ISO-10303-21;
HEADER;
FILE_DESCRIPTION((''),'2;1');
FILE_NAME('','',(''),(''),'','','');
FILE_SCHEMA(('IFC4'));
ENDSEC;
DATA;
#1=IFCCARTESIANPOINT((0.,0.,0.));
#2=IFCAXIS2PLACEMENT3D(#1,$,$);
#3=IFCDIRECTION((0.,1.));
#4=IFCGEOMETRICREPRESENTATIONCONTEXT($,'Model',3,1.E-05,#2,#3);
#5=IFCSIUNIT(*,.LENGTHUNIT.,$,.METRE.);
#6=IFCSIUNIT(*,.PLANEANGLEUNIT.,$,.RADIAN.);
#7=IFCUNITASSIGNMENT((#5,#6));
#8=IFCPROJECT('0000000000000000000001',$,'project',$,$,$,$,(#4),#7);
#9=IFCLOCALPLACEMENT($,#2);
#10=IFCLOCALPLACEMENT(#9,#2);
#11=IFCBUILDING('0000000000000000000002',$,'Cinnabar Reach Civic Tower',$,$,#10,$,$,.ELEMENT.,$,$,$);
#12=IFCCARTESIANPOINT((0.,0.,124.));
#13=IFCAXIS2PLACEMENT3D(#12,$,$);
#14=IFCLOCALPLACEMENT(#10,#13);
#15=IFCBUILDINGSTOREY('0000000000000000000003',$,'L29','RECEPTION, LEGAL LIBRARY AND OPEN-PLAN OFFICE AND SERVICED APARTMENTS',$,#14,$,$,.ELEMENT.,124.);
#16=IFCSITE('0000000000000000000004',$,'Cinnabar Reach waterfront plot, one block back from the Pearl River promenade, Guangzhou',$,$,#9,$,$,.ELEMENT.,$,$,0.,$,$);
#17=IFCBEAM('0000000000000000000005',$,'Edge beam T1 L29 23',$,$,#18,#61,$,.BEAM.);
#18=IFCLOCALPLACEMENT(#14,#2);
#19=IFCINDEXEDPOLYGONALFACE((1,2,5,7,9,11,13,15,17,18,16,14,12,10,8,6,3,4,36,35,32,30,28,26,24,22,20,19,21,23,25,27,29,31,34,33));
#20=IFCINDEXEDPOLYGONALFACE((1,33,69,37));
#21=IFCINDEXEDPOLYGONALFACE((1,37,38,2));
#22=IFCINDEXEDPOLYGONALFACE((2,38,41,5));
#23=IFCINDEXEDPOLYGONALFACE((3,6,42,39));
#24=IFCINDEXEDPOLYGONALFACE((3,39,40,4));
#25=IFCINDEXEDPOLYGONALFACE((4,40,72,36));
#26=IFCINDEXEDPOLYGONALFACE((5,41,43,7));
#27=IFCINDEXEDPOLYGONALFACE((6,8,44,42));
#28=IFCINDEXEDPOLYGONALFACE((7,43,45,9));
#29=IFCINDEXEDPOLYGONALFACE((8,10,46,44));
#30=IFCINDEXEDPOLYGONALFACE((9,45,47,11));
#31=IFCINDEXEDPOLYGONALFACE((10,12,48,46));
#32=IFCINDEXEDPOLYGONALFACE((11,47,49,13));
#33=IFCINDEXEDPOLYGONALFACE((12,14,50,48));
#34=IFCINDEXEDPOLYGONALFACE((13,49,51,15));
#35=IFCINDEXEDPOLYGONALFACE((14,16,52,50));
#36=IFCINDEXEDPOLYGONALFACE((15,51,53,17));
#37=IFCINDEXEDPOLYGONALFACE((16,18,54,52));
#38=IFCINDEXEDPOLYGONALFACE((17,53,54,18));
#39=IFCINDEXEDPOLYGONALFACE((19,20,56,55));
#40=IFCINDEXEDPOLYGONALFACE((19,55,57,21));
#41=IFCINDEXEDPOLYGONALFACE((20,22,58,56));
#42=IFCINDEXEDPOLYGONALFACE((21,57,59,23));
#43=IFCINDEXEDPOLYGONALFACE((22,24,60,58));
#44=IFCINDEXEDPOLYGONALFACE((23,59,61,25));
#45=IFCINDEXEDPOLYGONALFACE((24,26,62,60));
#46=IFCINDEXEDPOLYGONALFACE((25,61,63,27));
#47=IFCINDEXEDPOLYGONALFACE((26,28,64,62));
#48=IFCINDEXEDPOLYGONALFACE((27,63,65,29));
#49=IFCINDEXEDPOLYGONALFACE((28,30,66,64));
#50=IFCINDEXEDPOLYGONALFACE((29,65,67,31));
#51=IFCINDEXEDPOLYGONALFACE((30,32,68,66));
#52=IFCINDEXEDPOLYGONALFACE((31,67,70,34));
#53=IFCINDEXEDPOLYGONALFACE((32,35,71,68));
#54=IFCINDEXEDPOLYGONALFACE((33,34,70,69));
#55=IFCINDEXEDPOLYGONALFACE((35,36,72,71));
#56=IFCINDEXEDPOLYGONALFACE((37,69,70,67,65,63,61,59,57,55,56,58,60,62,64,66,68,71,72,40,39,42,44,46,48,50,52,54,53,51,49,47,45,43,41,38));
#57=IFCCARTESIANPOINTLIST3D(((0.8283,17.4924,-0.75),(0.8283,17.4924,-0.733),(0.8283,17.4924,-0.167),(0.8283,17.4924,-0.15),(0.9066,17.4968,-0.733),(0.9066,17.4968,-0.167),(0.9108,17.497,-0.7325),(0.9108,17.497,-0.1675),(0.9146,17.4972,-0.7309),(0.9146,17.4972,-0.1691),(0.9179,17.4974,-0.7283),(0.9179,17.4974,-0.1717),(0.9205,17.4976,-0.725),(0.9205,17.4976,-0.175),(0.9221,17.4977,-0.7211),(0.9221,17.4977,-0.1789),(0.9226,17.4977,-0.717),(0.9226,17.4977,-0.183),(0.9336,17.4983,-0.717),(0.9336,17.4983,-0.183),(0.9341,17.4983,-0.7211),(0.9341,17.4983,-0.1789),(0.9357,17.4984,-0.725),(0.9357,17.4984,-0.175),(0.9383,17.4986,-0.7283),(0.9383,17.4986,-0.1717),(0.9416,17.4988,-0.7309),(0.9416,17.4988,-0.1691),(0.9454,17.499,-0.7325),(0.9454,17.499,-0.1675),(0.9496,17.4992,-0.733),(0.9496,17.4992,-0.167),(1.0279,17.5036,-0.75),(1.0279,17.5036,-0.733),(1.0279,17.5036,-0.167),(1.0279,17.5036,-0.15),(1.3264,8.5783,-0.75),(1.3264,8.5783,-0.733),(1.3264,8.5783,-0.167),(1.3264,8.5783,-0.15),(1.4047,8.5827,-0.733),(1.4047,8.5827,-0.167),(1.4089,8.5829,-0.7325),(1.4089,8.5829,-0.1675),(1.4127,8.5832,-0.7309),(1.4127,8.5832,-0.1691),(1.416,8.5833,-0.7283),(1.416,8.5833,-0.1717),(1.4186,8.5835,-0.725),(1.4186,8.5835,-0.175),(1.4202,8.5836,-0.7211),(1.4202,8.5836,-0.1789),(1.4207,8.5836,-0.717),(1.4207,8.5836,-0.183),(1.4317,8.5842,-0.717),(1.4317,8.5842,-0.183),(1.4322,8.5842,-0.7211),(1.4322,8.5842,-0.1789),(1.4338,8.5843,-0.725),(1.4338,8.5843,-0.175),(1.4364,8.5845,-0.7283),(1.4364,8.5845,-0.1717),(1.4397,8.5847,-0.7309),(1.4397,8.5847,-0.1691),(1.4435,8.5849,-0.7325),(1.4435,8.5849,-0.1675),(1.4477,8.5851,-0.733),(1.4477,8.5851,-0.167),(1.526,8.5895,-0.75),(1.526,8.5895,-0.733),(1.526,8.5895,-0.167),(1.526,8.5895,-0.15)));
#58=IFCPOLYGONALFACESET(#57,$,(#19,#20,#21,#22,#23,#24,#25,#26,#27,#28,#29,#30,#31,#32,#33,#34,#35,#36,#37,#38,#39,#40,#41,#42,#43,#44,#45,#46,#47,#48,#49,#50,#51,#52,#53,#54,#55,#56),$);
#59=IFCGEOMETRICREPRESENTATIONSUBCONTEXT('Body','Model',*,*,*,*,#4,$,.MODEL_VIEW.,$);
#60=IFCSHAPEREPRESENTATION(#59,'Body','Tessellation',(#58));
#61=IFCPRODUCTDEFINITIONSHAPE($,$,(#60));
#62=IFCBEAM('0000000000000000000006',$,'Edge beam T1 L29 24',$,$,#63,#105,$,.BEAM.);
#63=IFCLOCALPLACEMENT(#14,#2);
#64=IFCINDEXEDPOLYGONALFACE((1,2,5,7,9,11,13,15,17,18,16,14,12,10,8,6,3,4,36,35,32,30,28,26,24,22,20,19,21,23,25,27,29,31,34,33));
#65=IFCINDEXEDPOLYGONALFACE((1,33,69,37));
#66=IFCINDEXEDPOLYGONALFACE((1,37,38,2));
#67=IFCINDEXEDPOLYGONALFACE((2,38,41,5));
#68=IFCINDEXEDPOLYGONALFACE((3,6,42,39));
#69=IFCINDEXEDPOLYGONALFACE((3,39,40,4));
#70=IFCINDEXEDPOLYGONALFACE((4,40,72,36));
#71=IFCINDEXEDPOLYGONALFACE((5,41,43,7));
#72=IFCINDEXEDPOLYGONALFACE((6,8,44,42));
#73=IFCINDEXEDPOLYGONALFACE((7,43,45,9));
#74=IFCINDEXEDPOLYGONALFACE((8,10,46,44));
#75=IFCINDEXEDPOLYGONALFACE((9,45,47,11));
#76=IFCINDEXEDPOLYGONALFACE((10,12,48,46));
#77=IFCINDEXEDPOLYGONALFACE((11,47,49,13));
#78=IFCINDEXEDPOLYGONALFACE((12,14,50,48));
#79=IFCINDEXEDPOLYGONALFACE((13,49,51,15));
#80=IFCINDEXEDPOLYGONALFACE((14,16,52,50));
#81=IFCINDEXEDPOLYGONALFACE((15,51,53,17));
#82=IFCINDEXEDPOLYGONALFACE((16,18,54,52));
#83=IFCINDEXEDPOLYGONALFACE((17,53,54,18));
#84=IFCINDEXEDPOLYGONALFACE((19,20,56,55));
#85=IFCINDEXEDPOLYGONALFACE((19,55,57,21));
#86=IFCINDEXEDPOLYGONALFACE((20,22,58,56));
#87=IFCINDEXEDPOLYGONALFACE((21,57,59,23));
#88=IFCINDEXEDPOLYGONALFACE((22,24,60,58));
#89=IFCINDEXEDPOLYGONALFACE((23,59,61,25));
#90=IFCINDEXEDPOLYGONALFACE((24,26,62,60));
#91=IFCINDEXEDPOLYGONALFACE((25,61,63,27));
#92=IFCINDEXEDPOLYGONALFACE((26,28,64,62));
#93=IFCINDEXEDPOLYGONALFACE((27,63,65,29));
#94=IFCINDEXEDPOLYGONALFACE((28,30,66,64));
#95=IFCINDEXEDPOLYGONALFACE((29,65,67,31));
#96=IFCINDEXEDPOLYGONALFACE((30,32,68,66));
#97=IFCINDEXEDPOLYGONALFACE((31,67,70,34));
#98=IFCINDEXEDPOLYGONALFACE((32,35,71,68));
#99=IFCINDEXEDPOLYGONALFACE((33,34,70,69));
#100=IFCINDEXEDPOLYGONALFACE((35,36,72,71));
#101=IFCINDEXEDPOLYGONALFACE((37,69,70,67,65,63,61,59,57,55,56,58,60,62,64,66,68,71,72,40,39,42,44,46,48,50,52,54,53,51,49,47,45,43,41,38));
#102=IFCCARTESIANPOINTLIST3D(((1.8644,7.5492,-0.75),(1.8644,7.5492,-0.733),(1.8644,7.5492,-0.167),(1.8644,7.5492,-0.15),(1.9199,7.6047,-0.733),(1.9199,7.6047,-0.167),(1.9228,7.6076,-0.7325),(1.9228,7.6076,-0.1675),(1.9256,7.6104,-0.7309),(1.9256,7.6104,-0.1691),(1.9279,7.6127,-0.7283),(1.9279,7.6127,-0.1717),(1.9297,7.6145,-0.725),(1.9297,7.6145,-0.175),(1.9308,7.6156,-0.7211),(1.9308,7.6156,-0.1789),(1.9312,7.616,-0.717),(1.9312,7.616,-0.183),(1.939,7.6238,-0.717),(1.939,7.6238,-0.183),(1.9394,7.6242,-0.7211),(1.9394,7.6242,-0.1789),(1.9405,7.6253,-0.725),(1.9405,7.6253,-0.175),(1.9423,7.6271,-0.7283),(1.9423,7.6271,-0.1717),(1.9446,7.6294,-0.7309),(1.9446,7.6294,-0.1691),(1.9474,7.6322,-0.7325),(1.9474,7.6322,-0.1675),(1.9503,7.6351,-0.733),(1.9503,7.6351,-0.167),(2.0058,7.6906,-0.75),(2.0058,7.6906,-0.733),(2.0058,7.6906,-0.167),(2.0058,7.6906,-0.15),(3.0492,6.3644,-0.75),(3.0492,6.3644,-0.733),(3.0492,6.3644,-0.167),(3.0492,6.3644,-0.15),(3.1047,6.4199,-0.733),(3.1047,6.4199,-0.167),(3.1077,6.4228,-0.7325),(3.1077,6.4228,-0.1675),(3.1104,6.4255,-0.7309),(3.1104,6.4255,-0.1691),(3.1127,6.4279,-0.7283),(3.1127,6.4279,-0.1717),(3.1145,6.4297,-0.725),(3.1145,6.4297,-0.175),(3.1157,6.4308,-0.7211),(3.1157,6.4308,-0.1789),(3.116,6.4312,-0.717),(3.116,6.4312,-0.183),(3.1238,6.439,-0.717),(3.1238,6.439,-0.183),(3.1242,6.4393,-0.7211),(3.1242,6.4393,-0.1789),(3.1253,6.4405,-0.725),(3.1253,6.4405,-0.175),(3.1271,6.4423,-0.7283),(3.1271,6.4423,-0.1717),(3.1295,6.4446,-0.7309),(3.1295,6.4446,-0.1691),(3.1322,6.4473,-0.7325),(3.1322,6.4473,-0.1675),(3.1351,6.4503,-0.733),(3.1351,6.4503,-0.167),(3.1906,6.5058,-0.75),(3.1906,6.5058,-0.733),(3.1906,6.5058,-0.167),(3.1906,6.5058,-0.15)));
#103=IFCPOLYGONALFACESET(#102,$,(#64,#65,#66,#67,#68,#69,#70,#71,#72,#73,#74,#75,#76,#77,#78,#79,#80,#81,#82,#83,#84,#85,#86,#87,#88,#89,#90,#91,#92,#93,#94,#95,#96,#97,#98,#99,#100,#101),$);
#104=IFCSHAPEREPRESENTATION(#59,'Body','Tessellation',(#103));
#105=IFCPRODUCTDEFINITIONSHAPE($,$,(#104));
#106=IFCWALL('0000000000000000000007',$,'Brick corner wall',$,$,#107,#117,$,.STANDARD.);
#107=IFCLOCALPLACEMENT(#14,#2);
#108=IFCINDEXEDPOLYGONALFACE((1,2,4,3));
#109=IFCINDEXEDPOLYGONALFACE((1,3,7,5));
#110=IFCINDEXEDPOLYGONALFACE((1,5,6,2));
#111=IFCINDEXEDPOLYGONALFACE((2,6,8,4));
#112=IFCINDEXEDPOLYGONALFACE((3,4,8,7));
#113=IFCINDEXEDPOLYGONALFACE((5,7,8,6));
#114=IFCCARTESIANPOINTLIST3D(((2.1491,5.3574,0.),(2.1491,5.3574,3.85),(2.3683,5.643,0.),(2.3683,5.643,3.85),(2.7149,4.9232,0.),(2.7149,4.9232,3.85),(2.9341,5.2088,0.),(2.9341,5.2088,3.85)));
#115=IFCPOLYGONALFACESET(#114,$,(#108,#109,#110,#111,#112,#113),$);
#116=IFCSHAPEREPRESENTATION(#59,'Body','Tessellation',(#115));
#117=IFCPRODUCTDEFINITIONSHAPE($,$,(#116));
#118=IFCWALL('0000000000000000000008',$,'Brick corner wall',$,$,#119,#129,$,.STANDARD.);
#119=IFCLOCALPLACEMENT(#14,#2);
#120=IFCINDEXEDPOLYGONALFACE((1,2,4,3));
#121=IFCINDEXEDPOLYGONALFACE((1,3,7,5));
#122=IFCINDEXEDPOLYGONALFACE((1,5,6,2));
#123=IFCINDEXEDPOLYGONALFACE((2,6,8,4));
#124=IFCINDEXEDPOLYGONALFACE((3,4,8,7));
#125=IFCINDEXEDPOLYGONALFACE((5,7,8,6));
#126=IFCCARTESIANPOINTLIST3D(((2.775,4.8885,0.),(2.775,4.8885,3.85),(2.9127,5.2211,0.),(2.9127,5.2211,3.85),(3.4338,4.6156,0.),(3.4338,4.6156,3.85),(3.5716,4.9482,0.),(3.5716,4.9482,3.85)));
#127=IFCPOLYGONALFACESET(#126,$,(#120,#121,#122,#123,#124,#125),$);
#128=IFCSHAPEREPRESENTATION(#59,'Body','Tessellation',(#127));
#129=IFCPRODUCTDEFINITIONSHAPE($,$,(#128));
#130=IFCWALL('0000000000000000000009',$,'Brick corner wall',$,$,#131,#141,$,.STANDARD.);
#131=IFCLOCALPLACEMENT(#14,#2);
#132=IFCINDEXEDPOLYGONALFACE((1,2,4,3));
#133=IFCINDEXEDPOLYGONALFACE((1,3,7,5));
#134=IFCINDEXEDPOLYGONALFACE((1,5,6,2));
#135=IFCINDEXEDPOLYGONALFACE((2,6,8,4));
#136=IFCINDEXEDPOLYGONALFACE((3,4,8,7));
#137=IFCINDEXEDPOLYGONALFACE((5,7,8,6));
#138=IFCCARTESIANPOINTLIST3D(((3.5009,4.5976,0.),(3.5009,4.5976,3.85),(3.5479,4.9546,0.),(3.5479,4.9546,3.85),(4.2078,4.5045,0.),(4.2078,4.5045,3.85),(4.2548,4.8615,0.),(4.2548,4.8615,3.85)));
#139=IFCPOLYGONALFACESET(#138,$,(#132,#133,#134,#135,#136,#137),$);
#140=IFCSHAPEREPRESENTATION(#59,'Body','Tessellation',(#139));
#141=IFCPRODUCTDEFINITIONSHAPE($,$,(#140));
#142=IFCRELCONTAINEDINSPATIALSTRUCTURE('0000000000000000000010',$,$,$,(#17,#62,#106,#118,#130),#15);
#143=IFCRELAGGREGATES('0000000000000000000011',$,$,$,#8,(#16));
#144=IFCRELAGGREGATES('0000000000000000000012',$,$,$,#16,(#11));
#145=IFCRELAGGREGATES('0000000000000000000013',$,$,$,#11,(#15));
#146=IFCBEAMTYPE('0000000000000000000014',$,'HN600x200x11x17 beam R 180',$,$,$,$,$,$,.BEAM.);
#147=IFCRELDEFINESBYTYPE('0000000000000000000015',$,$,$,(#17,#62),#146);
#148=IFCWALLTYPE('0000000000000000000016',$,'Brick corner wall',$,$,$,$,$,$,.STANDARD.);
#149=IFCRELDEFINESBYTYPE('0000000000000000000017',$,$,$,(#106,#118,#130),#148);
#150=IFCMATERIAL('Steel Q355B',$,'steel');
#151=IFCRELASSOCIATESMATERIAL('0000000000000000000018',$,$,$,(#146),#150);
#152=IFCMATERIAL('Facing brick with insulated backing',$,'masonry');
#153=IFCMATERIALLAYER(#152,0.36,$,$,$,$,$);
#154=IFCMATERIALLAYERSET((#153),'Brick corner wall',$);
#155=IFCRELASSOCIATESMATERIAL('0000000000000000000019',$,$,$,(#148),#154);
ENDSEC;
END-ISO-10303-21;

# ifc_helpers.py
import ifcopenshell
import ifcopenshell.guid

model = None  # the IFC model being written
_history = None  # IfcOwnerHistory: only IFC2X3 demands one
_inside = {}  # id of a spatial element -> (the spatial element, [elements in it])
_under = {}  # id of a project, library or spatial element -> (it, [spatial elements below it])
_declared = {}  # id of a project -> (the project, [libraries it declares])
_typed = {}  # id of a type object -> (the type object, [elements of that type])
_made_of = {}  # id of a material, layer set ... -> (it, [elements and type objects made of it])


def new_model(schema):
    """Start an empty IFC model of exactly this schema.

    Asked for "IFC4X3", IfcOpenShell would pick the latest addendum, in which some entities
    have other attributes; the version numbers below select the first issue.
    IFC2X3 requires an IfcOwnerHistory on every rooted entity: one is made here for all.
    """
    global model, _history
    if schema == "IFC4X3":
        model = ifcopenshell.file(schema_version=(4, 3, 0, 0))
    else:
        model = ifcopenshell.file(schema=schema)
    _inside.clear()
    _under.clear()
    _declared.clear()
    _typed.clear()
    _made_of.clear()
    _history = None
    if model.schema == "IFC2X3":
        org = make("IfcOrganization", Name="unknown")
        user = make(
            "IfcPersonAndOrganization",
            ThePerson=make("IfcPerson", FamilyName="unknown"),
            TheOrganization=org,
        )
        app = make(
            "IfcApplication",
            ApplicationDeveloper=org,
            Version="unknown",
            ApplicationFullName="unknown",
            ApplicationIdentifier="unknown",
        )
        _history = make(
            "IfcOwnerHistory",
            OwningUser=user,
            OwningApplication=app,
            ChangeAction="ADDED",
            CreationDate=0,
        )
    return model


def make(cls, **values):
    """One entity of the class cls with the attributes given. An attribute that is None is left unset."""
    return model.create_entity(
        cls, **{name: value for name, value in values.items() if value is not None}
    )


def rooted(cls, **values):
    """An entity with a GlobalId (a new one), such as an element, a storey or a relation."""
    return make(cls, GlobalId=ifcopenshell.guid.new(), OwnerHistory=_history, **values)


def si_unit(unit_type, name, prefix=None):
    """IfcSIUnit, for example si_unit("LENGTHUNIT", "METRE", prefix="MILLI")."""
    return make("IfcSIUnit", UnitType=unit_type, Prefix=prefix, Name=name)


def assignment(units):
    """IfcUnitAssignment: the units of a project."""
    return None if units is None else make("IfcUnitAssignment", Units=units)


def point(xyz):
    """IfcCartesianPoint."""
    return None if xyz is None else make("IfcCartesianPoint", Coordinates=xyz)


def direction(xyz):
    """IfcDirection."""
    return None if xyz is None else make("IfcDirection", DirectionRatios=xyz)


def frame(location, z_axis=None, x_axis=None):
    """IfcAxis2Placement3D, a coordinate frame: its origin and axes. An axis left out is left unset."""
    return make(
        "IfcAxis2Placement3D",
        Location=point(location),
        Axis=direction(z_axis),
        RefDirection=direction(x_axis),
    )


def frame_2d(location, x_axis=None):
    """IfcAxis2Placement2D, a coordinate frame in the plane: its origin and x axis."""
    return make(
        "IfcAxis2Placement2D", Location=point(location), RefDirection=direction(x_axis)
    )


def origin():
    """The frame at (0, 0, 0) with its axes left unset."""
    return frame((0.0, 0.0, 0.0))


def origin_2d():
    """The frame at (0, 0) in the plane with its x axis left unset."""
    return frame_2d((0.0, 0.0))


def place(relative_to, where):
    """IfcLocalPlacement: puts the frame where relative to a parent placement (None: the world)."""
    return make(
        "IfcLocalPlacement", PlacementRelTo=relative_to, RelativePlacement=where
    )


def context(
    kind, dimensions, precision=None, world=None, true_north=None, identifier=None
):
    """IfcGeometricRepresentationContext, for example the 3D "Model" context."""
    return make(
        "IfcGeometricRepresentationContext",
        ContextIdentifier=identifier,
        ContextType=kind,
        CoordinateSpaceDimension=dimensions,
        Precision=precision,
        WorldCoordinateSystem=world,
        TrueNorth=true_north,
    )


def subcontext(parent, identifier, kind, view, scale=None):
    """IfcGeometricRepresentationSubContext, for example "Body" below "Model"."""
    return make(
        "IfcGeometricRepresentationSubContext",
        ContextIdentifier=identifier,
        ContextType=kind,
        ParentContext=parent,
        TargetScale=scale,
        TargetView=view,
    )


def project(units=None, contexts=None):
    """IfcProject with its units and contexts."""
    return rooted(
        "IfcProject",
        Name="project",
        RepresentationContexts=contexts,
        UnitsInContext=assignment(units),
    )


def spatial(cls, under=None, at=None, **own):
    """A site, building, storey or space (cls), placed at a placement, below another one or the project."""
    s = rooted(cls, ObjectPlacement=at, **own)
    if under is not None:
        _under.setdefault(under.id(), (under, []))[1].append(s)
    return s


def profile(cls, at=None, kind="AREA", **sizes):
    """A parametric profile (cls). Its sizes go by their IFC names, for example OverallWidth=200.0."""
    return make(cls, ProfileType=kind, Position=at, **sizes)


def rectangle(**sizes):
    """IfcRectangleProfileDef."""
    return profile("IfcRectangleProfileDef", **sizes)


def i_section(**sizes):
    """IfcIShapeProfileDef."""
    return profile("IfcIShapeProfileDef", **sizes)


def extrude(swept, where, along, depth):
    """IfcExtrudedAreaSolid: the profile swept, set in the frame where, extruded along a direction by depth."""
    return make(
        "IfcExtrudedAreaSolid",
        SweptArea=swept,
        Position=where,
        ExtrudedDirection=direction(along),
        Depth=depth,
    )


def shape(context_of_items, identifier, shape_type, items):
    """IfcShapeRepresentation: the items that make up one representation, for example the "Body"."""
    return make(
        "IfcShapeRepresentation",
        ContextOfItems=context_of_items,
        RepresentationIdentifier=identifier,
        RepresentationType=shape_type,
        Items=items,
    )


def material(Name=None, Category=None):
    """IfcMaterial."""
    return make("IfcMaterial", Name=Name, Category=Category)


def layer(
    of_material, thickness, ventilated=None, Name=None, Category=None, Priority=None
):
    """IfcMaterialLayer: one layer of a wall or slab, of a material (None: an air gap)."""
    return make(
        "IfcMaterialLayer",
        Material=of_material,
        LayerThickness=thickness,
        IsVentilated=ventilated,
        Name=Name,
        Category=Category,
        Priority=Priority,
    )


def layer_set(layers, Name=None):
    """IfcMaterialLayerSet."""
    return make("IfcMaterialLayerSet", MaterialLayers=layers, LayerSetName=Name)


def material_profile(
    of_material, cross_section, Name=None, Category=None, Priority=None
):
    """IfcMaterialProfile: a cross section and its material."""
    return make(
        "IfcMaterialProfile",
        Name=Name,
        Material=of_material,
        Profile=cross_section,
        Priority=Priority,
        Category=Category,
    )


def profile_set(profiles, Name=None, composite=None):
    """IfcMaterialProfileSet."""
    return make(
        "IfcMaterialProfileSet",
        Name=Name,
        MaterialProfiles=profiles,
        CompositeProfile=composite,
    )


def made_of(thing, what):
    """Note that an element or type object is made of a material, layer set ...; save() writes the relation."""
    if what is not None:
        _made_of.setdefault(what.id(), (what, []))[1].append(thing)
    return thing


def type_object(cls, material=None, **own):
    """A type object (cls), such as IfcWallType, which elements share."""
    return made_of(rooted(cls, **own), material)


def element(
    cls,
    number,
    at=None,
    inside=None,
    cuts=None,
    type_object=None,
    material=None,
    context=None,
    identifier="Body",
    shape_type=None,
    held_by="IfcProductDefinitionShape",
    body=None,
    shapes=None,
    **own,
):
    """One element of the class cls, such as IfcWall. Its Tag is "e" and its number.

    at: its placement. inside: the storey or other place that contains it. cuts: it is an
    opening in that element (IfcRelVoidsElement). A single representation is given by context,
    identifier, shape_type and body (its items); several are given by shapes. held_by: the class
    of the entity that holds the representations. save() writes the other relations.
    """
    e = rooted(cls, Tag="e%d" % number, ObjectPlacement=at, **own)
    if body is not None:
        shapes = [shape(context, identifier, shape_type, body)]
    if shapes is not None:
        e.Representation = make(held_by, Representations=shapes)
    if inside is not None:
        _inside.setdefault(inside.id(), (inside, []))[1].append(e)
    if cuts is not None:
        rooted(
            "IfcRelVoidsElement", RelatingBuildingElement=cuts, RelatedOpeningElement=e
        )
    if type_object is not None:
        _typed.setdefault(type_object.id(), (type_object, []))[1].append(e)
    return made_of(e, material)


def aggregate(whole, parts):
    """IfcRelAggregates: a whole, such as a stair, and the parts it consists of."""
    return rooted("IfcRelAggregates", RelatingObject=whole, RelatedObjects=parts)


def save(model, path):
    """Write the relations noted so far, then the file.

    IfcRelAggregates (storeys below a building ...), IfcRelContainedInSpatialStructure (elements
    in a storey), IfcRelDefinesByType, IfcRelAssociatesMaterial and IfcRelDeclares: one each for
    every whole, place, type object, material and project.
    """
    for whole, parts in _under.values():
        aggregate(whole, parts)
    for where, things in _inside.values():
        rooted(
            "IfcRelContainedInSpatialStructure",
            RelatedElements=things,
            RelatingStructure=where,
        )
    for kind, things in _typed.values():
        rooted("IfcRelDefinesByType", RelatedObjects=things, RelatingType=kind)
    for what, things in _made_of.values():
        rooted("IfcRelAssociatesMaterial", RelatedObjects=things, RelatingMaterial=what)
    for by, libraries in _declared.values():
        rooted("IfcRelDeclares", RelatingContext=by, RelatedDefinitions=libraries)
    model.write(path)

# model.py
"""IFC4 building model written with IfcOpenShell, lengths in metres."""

from ifc_helpers import new_model, si_unit, direction, frame, frame_2d, origin, origin_2d, place, context, subcontext, project, spatial, rectangle, i_section, extrude, material, layer, layer_set, material_profile, profile_set, type_object, element, save


model = new_model("IFC4")

# Units and contexts
model_context = context("Model", 3, precision=1e-05, world=origin(), true_north=direction((0.0, 1.0)))
body_context = subcontext(model_context, "Body", "Model", "MODEL_VIEW")
ifc_project = project(units=[si_unit("LENGTHUNIT", "METRE"), si_unit("PLANEANGLEUNIT", "RADIAN")], contexts=[model_context])

# Site, building, storey
site_placement = place(None, origin())
site = spatial("IfcSite", under=ifc_project, at=site_placement, Name="Cinnabar Reach waterfront plot, one block back from the Pearl River promenade, Guangzhou", CompositionType="ELEMENT", RefElevation=0.0)
building_placement = place(site_placement, origin())
building = spatial("IfcBuilding", under=site, at=building_placement, Name="Cinnabar Reach Civic Tower", CompositionType="ELEMENT")
storey_placement = place(building_placement, frame((0.0, 0.0, 124.0)))
storey = spatial("IfcBuildingStorey", under=building, at=storey_placement, Name="L29", Description="RECEPTION, LEGAL LIBRARY AND OPEN-PLAN OFFICE AND SERVICED APARTMENTS", CompositionType="ELEMENT", Elevation=124.0)

# Beams
ifc_material_1 = material(Name="Steel Q355B", Category="steel")
ifc_material_profile_1 = material_profile(ifc_material_1, i_section(OverallWidth=0.2, OverallDepth=0.6, WebThickness=0.011, FlangeThickness=0.017, FilletRadius=0.016, at=origin_2d()), Name="HN600x200x11x17")
ifc_profile_set_1 = profile_set([ifc_material_profile_1], Name="Steel Q355B")
beam_type_1 = type_object("IfcBeamType", Name="HN600x200x11x17 beam R 180", PredefinedType="BEAM", material=ifc_profile_set_1)
beam_1_placement = place(storey_placement, frame((0.9281, 17.498, -0.45), z_axis=(0.055791, -0.998442, 0.0), x_axis=(0.998442, 0.055791, 0.0)))
element("IfcBeam", 1, at=beam_1_placement, inside=storey, type_object=beam_type_1, Name="Edge beam T1 L29 23", PredefinedType="BEAM", context=body_context, shape_type="SweptSolid", body=[
    extrude(i_section(OverallWidth=0.2, OverallDepth=0.6, WebThickness=0.011, FlangeThickness=0.017, FilletRadius=0.016, at=origin_2d()), origin(), (0.0, 0.0, 1.0), 8.928),
])
beam_2_placement = place(storey_placement, frame((1.9351, 7.6199, -0.45), z_axis=(0.707107, -0.707107, 0.0), x_axis=(0.707107, 0.707107, 0.0)))
element("IfcBeam", 2, at=beam_2_placement, inside=storey, type_object=beam_type_1, Name="Edge beam T1 L29 24", PredefinedType="BEAM", context=body_context, shape_type="SweptSolid", body=[
    extrude(i_section(OverallWidth=0.2, OverallDepth=0.6, WebThickness=0.011, FlangeThickness=0.017, FilletRadius=0.016, at=origin_2d()), origin(), (0.0, 0.0, 1.0), 1.6756),
])

# Walls
ifc_material_2 = material(Name="Facing brick with insulated backing", Category="masonry")
ifc_layer_1 = layer(ifc_material_2, 0.36)
ifc_layer_set_1 = layer_set([ifc_layer_1], Name="Brick corner wall")
wall_type_1 = type_object("IfcWallType", Name="Brick corner wall", PredefinedType="STANDARD", material=ifc_layer_set_1)
wall_1_placement = place(storey_placement, frame((2.2587, 5.5002, 0.0), z_axis=(0.0, 0.0, 1.0), x_axis=(0.793322, -0.608802, 0.0)))
element("IfcWall", 3, at=wall_1_placement, inside=storey, type_object=wall_type_1, Name="Brick corner wall", PredefinedType="STANDARD", context=body_context, shape_type="SweptSolid", body=[
    extrude(rectangle(XDim=0.7132, YDim=0.36, at=frame_2d((0.3566, 0.0))), origin(), (0.0, 0.0, 1.0), 3.85),
])
for number, where, z_axis, x_axis, name in (
    (4, (2.8439, 5.0548, 0.0), (0.0, 0.0, 1.0), (0.923872, -0.382703, 0.0), "Brick corner wall"),
    (5, (3.5244, 4.7761, 0.0), (0.0, 0.0, 1.0), (0.991441, -0.130556, 0.0), "Brick corner wall"),
):
    element("IfcWall", number, at=place(storey_placement, frame(where, z_axis=z_axis, x_axis=x_axis)), inside=storey, type_object=wall_type_1, Name=name, PredefinedType="STANDARD", context=body_context, shape_type="SweptSolid", body=[
        extrude(rectangle(XDim=0.7131, YDim=0.36, at=frame_2d((0.3565, 0.0))), origin(), (0.0, 0.0, 1.0), 3.85),
    ])

save(model, "model.ifc")
